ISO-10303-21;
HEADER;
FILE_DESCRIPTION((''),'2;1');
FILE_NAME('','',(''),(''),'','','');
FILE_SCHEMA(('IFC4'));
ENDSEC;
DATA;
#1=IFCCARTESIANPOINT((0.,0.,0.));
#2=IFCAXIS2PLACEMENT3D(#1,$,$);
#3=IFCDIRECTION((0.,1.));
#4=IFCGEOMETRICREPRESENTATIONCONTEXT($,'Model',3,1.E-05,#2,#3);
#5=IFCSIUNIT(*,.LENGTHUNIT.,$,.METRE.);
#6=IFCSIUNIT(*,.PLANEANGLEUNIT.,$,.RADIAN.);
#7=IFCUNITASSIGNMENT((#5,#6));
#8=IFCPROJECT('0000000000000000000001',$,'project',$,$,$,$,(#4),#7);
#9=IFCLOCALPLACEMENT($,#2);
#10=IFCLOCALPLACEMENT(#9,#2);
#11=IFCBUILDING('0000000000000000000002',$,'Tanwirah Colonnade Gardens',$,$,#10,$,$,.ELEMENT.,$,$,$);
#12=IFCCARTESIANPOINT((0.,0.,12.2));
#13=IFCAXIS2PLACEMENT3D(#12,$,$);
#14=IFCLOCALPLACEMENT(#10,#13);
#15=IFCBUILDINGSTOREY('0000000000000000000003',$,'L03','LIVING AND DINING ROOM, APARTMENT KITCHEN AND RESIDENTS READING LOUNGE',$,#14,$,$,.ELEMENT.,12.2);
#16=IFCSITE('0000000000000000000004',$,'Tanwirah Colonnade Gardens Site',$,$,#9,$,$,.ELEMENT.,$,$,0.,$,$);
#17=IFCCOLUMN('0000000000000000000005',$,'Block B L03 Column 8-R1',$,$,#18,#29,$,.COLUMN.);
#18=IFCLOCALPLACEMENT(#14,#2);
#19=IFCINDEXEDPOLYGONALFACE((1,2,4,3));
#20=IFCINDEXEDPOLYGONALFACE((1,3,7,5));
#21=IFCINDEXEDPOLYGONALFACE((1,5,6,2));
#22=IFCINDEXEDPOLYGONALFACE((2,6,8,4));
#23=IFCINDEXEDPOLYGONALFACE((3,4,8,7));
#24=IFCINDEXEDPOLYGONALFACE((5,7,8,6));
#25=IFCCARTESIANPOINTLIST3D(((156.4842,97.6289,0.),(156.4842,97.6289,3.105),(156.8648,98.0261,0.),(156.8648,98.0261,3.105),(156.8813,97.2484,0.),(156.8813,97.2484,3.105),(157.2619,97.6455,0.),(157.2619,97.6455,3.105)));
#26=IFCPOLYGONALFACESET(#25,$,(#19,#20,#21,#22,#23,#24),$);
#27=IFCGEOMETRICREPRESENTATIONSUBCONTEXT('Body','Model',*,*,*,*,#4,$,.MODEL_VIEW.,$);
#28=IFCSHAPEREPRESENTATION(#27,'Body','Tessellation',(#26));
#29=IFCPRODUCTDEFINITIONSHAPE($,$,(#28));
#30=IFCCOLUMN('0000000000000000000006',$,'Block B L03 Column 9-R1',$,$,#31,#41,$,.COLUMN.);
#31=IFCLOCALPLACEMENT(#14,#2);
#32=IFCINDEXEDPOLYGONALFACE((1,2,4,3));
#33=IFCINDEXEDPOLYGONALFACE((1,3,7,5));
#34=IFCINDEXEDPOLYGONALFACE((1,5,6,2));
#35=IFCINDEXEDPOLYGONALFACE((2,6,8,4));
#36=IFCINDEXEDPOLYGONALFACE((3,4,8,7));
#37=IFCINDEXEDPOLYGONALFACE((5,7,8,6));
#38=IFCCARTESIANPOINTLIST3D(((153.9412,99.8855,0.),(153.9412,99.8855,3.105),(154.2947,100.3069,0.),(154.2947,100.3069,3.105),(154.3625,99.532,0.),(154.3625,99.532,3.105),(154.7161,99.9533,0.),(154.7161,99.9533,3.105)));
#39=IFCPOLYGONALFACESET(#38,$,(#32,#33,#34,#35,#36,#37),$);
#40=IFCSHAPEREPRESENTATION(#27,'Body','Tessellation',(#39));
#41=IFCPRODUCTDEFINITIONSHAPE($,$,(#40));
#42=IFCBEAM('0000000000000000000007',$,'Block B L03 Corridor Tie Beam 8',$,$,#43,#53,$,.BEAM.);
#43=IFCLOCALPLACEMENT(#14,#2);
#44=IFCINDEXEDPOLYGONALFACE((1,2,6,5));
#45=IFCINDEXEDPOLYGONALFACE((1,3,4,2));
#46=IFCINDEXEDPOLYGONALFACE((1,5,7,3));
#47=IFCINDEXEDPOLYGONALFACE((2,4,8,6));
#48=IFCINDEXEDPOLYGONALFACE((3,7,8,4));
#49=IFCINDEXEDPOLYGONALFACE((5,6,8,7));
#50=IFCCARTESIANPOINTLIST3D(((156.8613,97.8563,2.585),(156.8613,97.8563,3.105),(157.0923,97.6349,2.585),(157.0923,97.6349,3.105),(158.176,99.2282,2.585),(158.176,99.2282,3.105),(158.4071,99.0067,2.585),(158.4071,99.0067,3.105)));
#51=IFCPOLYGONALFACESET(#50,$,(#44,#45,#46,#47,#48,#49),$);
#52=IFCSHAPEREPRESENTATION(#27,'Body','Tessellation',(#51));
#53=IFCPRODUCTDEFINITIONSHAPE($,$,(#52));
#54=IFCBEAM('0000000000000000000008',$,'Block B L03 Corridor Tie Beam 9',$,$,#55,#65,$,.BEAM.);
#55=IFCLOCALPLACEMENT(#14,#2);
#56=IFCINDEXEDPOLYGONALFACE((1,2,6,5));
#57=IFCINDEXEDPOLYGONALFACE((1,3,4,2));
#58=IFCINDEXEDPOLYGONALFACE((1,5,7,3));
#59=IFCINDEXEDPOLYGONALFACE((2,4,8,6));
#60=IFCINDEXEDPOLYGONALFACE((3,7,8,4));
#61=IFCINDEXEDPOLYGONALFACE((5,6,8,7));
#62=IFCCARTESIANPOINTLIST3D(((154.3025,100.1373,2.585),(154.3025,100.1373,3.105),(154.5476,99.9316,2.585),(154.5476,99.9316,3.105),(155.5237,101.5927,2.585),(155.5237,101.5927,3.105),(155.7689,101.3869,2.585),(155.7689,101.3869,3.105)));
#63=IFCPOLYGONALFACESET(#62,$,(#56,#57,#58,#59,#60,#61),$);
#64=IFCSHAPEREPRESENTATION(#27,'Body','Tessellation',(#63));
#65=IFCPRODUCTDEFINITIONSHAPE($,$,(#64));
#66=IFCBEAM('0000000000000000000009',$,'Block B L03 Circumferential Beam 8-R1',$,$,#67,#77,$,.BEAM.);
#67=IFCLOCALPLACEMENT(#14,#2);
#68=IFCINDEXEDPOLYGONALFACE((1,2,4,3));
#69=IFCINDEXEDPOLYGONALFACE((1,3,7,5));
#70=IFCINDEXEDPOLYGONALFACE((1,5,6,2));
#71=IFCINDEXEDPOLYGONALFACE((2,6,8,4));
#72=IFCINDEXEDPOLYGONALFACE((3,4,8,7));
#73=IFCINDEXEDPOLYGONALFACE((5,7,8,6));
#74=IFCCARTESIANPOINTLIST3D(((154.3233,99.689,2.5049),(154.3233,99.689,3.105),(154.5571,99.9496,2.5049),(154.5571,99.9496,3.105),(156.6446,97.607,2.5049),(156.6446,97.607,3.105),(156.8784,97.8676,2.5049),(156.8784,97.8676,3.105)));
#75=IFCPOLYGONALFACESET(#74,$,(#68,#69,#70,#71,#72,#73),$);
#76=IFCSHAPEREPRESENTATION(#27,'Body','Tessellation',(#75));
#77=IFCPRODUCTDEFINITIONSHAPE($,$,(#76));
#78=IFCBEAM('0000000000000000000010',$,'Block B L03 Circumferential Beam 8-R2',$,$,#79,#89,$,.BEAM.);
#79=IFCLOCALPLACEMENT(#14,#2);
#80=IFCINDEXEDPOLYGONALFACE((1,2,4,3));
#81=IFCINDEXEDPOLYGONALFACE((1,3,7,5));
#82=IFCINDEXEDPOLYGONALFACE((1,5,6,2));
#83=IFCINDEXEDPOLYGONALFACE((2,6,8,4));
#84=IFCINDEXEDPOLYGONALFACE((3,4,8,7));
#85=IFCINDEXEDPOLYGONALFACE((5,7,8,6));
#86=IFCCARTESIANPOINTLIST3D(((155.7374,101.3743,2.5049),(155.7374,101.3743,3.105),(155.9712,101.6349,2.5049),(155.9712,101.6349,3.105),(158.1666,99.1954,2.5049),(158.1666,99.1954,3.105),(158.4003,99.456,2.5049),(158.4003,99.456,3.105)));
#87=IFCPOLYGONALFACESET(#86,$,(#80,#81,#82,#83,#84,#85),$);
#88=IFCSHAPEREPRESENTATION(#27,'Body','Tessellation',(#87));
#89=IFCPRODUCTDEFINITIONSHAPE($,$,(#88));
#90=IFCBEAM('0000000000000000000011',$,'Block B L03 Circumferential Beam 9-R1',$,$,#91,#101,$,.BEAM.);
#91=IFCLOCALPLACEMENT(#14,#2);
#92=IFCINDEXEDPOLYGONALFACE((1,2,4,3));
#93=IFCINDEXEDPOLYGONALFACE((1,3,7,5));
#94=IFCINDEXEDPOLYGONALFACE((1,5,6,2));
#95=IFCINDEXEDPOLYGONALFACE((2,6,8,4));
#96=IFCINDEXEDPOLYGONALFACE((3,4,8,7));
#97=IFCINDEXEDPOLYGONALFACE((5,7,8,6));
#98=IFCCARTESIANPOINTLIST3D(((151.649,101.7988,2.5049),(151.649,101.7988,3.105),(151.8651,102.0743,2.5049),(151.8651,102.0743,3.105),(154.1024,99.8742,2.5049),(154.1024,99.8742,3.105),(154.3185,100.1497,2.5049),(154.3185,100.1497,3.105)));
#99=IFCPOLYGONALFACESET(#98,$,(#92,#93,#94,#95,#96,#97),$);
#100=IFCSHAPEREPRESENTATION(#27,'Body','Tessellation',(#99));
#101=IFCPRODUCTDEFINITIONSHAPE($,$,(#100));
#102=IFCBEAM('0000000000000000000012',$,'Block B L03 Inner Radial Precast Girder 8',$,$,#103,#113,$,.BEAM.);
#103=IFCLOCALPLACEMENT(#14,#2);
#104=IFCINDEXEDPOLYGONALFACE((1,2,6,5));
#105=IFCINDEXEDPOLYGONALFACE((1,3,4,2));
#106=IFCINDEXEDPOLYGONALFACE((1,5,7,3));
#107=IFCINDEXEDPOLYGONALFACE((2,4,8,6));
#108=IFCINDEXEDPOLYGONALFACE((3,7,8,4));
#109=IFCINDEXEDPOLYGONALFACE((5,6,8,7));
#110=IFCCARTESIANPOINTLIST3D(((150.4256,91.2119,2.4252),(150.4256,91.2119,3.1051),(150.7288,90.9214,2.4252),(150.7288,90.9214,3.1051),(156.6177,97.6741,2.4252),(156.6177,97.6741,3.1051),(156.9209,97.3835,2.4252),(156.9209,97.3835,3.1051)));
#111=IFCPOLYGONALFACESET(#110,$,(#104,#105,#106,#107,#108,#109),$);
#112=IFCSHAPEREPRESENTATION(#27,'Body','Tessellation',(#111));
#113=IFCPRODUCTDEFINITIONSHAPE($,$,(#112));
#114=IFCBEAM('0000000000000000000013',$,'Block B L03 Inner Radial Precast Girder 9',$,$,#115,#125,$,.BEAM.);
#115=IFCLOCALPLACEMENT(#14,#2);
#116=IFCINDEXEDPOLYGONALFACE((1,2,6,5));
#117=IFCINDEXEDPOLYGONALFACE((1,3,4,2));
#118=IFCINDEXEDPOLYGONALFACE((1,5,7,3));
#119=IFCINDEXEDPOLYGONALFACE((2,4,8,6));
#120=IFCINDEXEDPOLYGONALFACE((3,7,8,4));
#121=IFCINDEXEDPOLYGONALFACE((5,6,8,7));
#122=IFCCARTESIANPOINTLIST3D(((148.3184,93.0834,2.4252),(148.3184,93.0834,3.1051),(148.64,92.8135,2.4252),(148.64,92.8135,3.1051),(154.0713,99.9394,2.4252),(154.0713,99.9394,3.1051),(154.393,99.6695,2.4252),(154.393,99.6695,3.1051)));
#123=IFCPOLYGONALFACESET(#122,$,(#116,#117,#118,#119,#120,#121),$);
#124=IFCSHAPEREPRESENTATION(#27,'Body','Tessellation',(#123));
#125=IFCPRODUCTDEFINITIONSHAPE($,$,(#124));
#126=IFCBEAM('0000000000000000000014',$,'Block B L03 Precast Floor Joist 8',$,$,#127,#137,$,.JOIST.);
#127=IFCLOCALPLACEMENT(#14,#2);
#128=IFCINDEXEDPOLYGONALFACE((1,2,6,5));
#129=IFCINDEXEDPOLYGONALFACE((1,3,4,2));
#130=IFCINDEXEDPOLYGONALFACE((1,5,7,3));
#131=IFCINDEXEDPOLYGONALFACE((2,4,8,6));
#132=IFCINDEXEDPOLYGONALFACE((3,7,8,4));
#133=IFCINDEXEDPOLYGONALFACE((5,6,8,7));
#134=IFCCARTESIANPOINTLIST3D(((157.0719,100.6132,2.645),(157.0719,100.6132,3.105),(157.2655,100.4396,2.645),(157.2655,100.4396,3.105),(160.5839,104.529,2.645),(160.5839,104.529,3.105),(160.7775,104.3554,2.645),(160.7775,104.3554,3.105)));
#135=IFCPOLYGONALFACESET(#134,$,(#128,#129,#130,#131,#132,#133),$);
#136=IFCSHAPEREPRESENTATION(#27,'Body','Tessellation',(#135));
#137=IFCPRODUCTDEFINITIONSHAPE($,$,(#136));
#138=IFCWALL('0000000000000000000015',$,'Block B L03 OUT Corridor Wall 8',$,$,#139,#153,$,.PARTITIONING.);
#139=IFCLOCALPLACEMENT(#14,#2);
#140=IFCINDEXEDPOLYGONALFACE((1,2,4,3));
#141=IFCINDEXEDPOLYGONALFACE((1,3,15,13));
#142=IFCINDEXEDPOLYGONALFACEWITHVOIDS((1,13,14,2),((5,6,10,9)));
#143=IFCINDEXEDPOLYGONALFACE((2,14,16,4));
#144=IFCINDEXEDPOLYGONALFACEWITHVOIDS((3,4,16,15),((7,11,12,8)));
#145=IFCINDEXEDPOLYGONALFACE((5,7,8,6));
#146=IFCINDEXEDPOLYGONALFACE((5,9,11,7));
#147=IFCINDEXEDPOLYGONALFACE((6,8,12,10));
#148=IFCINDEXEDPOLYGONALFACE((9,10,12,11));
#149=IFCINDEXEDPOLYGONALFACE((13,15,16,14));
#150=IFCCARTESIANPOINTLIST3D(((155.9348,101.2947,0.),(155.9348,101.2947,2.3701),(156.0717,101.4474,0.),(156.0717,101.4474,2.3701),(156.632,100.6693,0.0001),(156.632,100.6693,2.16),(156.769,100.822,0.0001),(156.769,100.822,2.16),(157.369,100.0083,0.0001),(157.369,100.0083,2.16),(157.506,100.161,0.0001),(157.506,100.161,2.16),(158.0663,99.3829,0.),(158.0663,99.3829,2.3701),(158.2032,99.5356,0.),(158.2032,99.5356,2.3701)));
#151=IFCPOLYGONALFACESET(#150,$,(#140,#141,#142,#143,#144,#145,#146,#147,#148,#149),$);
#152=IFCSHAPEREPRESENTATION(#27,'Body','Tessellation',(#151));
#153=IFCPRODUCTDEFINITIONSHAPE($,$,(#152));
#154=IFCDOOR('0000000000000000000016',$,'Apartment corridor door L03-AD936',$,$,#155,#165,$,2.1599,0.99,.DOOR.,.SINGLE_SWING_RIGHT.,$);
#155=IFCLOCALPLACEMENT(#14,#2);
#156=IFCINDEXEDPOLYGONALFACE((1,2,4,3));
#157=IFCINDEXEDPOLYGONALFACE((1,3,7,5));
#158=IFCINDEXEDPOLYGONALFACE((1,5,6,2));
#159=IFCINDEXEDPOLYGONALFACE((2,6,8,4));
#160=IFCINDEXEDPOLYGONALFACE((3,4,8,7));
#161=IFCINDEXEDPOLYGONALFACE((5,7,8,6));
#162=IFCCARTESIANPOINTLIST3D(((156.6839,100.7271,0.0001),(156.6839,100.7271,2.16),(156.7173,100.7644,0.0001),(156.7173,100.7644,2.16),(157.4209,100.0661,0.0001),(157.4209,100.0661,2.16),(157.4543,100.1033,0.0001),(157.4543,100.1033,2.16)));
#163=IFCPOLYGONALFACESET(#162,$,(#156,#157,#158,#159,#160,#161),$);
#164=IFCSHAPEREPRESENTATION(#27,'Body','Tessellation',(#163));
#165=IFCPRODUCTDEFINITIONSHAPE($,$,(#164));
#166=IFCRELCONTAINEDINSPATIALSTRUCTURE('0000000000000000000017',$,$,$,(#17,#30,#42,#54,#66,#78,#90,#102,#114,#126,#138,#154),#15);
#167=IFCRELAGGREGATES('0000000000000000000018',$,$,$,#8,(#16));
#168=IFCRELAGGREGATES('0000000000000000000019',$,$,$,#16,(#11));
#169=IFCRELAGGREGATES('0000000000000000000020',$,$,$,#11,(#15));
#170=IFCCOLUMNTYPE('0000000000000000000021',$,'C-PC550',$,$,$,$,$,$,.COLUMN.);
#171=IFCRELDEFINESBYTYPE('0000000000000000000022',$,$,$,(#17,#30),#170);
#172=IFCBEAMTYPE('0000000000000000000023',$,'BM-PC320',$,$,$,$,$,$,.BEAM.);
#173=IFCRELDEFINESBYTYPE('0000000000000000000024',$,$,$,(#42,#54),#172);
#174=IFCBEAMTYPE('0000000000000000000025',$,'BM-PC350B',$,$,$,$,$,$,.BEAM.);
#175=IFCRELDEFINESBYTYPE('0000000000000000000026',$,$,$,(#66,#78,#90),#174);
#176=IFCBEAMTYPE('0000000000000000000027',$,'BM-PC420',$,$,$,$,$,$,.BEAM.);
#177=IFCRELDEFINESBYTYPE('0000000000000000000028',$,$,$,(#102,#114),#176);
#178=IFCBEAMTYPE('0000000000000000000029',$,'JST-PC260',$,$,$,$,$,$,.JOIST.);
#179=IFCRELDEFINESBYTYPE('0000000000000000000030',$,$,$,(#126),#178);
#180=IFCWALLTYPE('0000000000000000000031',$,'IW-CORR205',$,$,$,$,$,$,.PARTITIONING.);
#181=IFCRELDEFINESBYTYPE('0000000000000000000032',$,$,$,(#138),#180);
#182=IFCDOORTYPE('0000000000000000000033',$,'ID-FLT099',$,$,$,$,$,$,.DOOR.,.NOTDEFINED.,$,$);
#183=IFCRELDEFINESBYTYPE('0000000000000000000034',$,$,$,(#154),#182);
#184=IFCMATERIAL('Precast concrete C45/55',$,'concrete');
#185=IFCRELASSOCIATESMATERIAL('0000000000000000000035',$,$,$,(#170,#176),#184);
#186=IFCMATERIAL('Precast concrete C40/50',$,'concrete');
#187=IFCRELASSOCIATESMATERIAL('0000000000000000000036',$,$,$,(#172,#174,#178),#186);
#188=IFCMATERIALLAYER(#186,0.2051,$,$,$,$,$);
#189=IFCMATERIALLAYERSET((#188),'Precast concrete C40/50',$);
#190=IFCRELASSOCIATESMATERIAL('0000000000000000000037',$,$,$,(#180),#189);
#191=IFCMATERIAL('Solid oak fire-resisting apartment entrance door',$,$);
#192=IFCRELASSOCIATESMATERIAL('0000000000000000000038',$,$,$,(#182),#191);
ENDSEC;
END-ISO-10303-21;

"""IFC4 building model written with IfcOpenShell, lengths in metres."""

from ifc_helpers import new_model, si_unit, direction, frame, frame_2d, origin, origin_2d, place, context, subcontext, project, spatial, rectangle, extrude, material, layer, layer_set, material_profile, profile_set, type_object, element, fill, save


model = new_model("IFC4")

# Units and contexts
model_context = context("Model", 3, precision=1e-05, world=origin(), true_north=direction((0.0, 1.0)))
body_context = subcontext(model_context, "Body", "Model", "MODEL_VIEW")
ifc_project = project(units=[si_unit("LENGTHUNIT", "METRE"), si_unit("PLANEANGLEUNIT", "RADIAN")], contexts=[model_context])

# Site, building, storey
site_placement = place(None, origin())
site = spatial("IfcSite", under=ifc_project, at=site_placement, Name="Tanwirah Colonnade Gardens Site", CompositionType="ELEMENT", RefElevation=0.0)
building_placement = place(site_placement, origin())
building = spatial("IfcBuilding", under=site, at=building_placement, Name="Tanwirah Colonnade Gardens", CompositionType="ELEMENT")
storey_placement = place(building_placement, frame((0.0, 0.0, 12.2)))
storey = spatial("IfcBuildingStorey", under=building, at=storey_placement, Name="L03", Description="LIVING AND DINING ROOM, APARTMENT KITCHEN AND RESIDENTS READING LOUNGE", CompositionType="ELEMENT", Elevation=12.2)

# Columns
ifc_material_1 = material(Name="Precast concrete C45/55", Category="concrete")
ifc_material_profile_1 = material_profile(ifc_material_1, rectangle(XDim=0.55, YDim=0.55, at=origin_2d()), Name="PC-COL 550x550")
ifc_profile_set_1 = profile_set([ifc_material_profile_1], Name="Precast concrete C45/55")
column_type = type_object("IfcColumnType", Name="C-PC550", PredefinedType="COLUMN", material=ifc_profile_set_1)
for number, where, z_axis, x_axis, name in (
    (1, (156.873, 97.6372, 0.0), (0.0, 0.0, 1.0), (0.691863, 0.722029, 0.0), "Block B L03 Column 8-R1"),
    (2, (154.3286, 99.9194, 0.0), (0.0, 0.0, 1.0), (0.642788, 0.766044, 0.0), "Block B L03 Column 9-R1"),
):
    element("IfcColumn", number, at=place(storey_placement, frame(where, z_axis=z_axis, x_axis=x_axis)), inside=storey, type_object=column_type, Name=name, PredefinedType="COLUMN", context=body_context, shape_type="SweptSolid", body=[
        extrude(rectangle(XDim=0.55, YDim=0.55, at=origin_2d()), origin(), (0.0, 0.0, 1.0), 3.105),
    ])

# Beams
ifc_material_2 = material(Name="Precast concrete C40/50", Category="concrete")
ifc_material_profile_2 = material_profile(ifc_material_2, rectangle(XDim=0.3201, YDim=0.52, at=origin_2d()), Name="PC-BM 320x520")
ifc_profile_set_2 = profile_set([ifc_material_profile_2], Name="Precast concrete C40/50")
beam_type_1 = type_object("IfcBeamType", Name="BM-PC320", PredefinedType="BEAM", material=ifc_profile_set_2)
beam_1_placement = place(storey_placement, frame((156.9768, 97.7456, 2.845), z_axis=(0.691914, 0.72198, 0.0), x_axis=(-0.72198, 0.691914, 0.0)))
element("IfcBeam", 3, at=beam_1_placement, inside=storey, type_object=beam_type_1, Name="Block B L03 Corridor Tie Beam 8", PredefinedType="BEAM", context=body_context, shape_type="SweptSolid", body=[
    extrude(rectangle(XDim=0.3201, YDim=0.52, at=origin_2d()), origin(), (0.0, 0.0, 1.0), 1.9001),
])
beam_2_placement = place(storey_placement, frame((154.425, 100.0344, 2.845), z_axis=(0.642797, 0.766036, 0.0), x_axis=(-0.766036, 0.642797, 0.0)))
element("IfcBeam", 4, at=beam_2_placement, inside=storey, type_object=beam_type_1, Name="Block B L03 Corridor Tie Beam 9", PredefinedType="BEAM", context=body_context, shape_type="SweptSolid", body=[
    extrude(rectangle(XDim=0.3201, YDim=0.52, at=origin_2d()), origin(), (0.0, 0.0, 1.0), 1.8999),
])
ifc_material_profile_3 = material_profile(ifc_material_2, rectangle(XDim=0.3501, YDim=0.6001, at=origin_2d()), Name="PC-BM 350x600")
ifc_profile_set_3 = profile_set([ifc_material_profile_3], Name="Precast concrete C40/50")
beam_type_2 = type_object("IfcBeamType", Name="BM-PC350B", PredefinedType="BEAM", material=ifc_profile_set_3)
beam_3_placement = place(storey_placement, frame((156.7615, 97.7373, 2.8049), z_axis=(-0.74443, 0.667701, 0.0), x_axis=(-0.667701, -0.74443, 0.0)))
element("IfcBeam", 5, at=beam_3_placement, inside=storey, type_object=beam_type_2, Name="Block B L03 Circumferential Beam 8-R1", PredefinedType="BEAM", context=body_context, shape_type="SweptSolid", body=[
    extrude(rectangle(XDim=0.3501, YDim=0.6001, at=origin_2d()), origin(), (0.0, 0.0, 1.0), 3.1182),
])
beam_4_placement = place(storey_placement, frame((158.2834, 99.3257, 2.8049), z_axis=(-0.744409, 0.667724, 0.0), x_axis=(-0.667724, -0.744409, 0.0)))
element("IfcBeam", 6, at=beam_4_placement, inside=storey, type_object=beam_type_2, Name="Block B L03 Circumferential Beam 8-R2", PredefinedType="BEAM", context=body_context, shape_type="SweptSolid", body=[
    extrude(rectangle(XDim=0.3501, YDim=0.6001, at=origin_2d()), origin(), (0.0, 0.0, 1.0), 3.2632),
])
beam_5_placement = place(storey_placement, frame((154.2104, 100.012, 2.8049), z_axis=(-0.786799, 0.617209, 0.0), x_axis=(-0.617209, -0.786799, 0.0)))
element("IfcBeam", 7, at=beam_5_placement, inside=storey, type_object=beam_type_2, Name="Block B L03 Circumferential Beam 9-R1", PredefinedType="BEAM", context=body_context, shape_type="SweptSolid", body=[
    extrude(rectangle(XDim=0.3501, YDim=0.6001, at=origin_2d()), origin(), (0.0, 0.0, 1.0), 3.1182),
])
ifc_material_profile_4 = material_profile(ifc_material_1, rectangle(XDim=0.4199, YDim=0.6799, at=origin_2d()), Name="PC-BM 420x680")
ifc_profile_set_4 = profile_set([ifc_material_profile_4], Name="Precast concrete C45/55")
beam_type_3 = type_object("IfcBeamType", Name="BM-PC420", PredefinedType="BEAM", material=ifc_profile_set_4)
for number, where, z_axis, x_axis, name in (
    (8, (156.7693, 97.5288, 2.7651), (-0.691861, -0.722031, 0.0), (0.722031, -0.691861, 0.0), "Block B L03 Inner Radial Precast Girder 8"),
    (9, (154.2322, 99.8044, 2.7651), (-0.642794, -0.766039, 0.0), (0.766039, -0.642794, 0.0), "Block B L03 Inner Radial Precast Girder 9"),
):
    element("IfcBeam", number, at=place(storey_placement, frame(where, z_axis=z_axis, x_axis=x_axis)), inside=storey, type_object=beam_type_3, Name=name, PredefinedType="BEAM", context=body_context, shape_type="SweptSolid", body=[
        extrude(rectangle(XDim=0.4199, YDim=0.6799, at=origin_2d()), origin(), (0.0, 0.0, 1.0), 8.95),
    ])
ifc_material_profile_5 = material_profile(ifc_material_2, rectangle(XDim=0.26, YDim=0.46, at=origin_2d()), Name="PC-JST 260x460")
ifc_profile_set_5 = profile_set([ifc_material_profile_5], Name="Precast concrete C40/50")
beam_type_4 = type_object("IfcBeamType", Name="JST-PC260", PredefinedType="JOIST", material=ifc_profile_set_5)
beam_6_placement = place(storey_placement, frame((157.1687, 100.5264, 2.875), z_axis=(0.667679, 0.744449, 0.0), x_axis=(-0.744449, 0.667679, 0.0)))
element("IfcBeam", 10, at=beam_6_placement, inside=storey, type_object=beam_type_4, Name="Block B L03 Precast Floor Joist 8", PredefinedType="JOIST", context=body_context, shape_type="SweptSolid", body=[
    extrude(rectangle(XDim=0.26, YDim=0.46, at=origin_2d()), origin(), (0.0, 0.0, 1.0), 5.26),
])

# Wall, opening, door
ifc_layer = layer(ifc_material_2, 0.2051)
ifc_layer_set = layer_set([ifc_layer], Name="Precast concrete C40/50")
wall_type = type_object("IfcWallType", Name="IW-CORR205", PredefinedType="PARTITIONING", material=ifc_layer_set)
wall_1_placement = place(storey_placement, frame((158.1348, 99.4592, 0.0), z_axis=(0.0, 0.0, 1.0), x_axis=(-0.744434, 0.667697, 0.0)))
wall_1 = element("IfcWall", 11, at=wall_1_placement, inside=storey, type_object=wall_type, Name="Block B L03 OUT Corridor Wall 8", PredefinedType="PARTITIONING", context=body_context, shape_type="SweptSolid", body=[
    extrude(rectangle(XDim=2.8633, YDim=0.2051, at=frame_2d((1.4316, 0.0))), origin(), (0.0, 0.0, 1.0), 2.3701),
])
opening_1_placement = place(wall_1_placement, frame((0.9365, 0.0, 0.0)))
opening_1 = element("IfcOpeningElement", 12, at=opening_1_placement, cuts=wall_1, PredefinedType="OPENING", context=body_context, shape_type="SweptSolid", body=[
    extrude(rectangle(XDim=0.99, YDim=2.1599, at=frame_2d((0.4951, 1.0801))), frame((0.0, 0.1125, 0.0), z_axis=(0.0, -1.0, 0.0), x_axis=(1.0, 0.0, 0.0)), (0.0, 0.0, 1.0), 0.2251),
])
ifc_material_3 = material(Name="Solid oak fire-resisting apartment entrance door")
door_type_1 = type_object("IfcDoorType", Name="ID-FLT099", OperationType="NOTDEFINED", PredefinedType="DOOR", material=ifc_material_3)
door_1_placement = place(opening_1_placement, origin())
door_1 = element("IfcDoor", 13, at=door_1_placement, inside=storey, type_object=door_type_1, Name="Apartment corridor door L03-AD936", OperationType="SINGLE_SWING_RIGHT", OverallHeight=2.1599, OverallWidth=0.99, PredefinedType="DOOR", context=body_context, shape_type="SweptSolid", body=[
    extrude(rectangle(XDim=0.99, YDim=2.1599, at=frame_2d((0.4951, 1.0801))), frame((0.0, 0.0249, 0.0), z_axis=(0.0, -1.0, 0.0), x_axis=(1.0, 0.0, 0.0)), (0.0, 0.0, 1.0), 0.05),
])
fill(opening_1, door_1)

save(model, "model.ifc")
